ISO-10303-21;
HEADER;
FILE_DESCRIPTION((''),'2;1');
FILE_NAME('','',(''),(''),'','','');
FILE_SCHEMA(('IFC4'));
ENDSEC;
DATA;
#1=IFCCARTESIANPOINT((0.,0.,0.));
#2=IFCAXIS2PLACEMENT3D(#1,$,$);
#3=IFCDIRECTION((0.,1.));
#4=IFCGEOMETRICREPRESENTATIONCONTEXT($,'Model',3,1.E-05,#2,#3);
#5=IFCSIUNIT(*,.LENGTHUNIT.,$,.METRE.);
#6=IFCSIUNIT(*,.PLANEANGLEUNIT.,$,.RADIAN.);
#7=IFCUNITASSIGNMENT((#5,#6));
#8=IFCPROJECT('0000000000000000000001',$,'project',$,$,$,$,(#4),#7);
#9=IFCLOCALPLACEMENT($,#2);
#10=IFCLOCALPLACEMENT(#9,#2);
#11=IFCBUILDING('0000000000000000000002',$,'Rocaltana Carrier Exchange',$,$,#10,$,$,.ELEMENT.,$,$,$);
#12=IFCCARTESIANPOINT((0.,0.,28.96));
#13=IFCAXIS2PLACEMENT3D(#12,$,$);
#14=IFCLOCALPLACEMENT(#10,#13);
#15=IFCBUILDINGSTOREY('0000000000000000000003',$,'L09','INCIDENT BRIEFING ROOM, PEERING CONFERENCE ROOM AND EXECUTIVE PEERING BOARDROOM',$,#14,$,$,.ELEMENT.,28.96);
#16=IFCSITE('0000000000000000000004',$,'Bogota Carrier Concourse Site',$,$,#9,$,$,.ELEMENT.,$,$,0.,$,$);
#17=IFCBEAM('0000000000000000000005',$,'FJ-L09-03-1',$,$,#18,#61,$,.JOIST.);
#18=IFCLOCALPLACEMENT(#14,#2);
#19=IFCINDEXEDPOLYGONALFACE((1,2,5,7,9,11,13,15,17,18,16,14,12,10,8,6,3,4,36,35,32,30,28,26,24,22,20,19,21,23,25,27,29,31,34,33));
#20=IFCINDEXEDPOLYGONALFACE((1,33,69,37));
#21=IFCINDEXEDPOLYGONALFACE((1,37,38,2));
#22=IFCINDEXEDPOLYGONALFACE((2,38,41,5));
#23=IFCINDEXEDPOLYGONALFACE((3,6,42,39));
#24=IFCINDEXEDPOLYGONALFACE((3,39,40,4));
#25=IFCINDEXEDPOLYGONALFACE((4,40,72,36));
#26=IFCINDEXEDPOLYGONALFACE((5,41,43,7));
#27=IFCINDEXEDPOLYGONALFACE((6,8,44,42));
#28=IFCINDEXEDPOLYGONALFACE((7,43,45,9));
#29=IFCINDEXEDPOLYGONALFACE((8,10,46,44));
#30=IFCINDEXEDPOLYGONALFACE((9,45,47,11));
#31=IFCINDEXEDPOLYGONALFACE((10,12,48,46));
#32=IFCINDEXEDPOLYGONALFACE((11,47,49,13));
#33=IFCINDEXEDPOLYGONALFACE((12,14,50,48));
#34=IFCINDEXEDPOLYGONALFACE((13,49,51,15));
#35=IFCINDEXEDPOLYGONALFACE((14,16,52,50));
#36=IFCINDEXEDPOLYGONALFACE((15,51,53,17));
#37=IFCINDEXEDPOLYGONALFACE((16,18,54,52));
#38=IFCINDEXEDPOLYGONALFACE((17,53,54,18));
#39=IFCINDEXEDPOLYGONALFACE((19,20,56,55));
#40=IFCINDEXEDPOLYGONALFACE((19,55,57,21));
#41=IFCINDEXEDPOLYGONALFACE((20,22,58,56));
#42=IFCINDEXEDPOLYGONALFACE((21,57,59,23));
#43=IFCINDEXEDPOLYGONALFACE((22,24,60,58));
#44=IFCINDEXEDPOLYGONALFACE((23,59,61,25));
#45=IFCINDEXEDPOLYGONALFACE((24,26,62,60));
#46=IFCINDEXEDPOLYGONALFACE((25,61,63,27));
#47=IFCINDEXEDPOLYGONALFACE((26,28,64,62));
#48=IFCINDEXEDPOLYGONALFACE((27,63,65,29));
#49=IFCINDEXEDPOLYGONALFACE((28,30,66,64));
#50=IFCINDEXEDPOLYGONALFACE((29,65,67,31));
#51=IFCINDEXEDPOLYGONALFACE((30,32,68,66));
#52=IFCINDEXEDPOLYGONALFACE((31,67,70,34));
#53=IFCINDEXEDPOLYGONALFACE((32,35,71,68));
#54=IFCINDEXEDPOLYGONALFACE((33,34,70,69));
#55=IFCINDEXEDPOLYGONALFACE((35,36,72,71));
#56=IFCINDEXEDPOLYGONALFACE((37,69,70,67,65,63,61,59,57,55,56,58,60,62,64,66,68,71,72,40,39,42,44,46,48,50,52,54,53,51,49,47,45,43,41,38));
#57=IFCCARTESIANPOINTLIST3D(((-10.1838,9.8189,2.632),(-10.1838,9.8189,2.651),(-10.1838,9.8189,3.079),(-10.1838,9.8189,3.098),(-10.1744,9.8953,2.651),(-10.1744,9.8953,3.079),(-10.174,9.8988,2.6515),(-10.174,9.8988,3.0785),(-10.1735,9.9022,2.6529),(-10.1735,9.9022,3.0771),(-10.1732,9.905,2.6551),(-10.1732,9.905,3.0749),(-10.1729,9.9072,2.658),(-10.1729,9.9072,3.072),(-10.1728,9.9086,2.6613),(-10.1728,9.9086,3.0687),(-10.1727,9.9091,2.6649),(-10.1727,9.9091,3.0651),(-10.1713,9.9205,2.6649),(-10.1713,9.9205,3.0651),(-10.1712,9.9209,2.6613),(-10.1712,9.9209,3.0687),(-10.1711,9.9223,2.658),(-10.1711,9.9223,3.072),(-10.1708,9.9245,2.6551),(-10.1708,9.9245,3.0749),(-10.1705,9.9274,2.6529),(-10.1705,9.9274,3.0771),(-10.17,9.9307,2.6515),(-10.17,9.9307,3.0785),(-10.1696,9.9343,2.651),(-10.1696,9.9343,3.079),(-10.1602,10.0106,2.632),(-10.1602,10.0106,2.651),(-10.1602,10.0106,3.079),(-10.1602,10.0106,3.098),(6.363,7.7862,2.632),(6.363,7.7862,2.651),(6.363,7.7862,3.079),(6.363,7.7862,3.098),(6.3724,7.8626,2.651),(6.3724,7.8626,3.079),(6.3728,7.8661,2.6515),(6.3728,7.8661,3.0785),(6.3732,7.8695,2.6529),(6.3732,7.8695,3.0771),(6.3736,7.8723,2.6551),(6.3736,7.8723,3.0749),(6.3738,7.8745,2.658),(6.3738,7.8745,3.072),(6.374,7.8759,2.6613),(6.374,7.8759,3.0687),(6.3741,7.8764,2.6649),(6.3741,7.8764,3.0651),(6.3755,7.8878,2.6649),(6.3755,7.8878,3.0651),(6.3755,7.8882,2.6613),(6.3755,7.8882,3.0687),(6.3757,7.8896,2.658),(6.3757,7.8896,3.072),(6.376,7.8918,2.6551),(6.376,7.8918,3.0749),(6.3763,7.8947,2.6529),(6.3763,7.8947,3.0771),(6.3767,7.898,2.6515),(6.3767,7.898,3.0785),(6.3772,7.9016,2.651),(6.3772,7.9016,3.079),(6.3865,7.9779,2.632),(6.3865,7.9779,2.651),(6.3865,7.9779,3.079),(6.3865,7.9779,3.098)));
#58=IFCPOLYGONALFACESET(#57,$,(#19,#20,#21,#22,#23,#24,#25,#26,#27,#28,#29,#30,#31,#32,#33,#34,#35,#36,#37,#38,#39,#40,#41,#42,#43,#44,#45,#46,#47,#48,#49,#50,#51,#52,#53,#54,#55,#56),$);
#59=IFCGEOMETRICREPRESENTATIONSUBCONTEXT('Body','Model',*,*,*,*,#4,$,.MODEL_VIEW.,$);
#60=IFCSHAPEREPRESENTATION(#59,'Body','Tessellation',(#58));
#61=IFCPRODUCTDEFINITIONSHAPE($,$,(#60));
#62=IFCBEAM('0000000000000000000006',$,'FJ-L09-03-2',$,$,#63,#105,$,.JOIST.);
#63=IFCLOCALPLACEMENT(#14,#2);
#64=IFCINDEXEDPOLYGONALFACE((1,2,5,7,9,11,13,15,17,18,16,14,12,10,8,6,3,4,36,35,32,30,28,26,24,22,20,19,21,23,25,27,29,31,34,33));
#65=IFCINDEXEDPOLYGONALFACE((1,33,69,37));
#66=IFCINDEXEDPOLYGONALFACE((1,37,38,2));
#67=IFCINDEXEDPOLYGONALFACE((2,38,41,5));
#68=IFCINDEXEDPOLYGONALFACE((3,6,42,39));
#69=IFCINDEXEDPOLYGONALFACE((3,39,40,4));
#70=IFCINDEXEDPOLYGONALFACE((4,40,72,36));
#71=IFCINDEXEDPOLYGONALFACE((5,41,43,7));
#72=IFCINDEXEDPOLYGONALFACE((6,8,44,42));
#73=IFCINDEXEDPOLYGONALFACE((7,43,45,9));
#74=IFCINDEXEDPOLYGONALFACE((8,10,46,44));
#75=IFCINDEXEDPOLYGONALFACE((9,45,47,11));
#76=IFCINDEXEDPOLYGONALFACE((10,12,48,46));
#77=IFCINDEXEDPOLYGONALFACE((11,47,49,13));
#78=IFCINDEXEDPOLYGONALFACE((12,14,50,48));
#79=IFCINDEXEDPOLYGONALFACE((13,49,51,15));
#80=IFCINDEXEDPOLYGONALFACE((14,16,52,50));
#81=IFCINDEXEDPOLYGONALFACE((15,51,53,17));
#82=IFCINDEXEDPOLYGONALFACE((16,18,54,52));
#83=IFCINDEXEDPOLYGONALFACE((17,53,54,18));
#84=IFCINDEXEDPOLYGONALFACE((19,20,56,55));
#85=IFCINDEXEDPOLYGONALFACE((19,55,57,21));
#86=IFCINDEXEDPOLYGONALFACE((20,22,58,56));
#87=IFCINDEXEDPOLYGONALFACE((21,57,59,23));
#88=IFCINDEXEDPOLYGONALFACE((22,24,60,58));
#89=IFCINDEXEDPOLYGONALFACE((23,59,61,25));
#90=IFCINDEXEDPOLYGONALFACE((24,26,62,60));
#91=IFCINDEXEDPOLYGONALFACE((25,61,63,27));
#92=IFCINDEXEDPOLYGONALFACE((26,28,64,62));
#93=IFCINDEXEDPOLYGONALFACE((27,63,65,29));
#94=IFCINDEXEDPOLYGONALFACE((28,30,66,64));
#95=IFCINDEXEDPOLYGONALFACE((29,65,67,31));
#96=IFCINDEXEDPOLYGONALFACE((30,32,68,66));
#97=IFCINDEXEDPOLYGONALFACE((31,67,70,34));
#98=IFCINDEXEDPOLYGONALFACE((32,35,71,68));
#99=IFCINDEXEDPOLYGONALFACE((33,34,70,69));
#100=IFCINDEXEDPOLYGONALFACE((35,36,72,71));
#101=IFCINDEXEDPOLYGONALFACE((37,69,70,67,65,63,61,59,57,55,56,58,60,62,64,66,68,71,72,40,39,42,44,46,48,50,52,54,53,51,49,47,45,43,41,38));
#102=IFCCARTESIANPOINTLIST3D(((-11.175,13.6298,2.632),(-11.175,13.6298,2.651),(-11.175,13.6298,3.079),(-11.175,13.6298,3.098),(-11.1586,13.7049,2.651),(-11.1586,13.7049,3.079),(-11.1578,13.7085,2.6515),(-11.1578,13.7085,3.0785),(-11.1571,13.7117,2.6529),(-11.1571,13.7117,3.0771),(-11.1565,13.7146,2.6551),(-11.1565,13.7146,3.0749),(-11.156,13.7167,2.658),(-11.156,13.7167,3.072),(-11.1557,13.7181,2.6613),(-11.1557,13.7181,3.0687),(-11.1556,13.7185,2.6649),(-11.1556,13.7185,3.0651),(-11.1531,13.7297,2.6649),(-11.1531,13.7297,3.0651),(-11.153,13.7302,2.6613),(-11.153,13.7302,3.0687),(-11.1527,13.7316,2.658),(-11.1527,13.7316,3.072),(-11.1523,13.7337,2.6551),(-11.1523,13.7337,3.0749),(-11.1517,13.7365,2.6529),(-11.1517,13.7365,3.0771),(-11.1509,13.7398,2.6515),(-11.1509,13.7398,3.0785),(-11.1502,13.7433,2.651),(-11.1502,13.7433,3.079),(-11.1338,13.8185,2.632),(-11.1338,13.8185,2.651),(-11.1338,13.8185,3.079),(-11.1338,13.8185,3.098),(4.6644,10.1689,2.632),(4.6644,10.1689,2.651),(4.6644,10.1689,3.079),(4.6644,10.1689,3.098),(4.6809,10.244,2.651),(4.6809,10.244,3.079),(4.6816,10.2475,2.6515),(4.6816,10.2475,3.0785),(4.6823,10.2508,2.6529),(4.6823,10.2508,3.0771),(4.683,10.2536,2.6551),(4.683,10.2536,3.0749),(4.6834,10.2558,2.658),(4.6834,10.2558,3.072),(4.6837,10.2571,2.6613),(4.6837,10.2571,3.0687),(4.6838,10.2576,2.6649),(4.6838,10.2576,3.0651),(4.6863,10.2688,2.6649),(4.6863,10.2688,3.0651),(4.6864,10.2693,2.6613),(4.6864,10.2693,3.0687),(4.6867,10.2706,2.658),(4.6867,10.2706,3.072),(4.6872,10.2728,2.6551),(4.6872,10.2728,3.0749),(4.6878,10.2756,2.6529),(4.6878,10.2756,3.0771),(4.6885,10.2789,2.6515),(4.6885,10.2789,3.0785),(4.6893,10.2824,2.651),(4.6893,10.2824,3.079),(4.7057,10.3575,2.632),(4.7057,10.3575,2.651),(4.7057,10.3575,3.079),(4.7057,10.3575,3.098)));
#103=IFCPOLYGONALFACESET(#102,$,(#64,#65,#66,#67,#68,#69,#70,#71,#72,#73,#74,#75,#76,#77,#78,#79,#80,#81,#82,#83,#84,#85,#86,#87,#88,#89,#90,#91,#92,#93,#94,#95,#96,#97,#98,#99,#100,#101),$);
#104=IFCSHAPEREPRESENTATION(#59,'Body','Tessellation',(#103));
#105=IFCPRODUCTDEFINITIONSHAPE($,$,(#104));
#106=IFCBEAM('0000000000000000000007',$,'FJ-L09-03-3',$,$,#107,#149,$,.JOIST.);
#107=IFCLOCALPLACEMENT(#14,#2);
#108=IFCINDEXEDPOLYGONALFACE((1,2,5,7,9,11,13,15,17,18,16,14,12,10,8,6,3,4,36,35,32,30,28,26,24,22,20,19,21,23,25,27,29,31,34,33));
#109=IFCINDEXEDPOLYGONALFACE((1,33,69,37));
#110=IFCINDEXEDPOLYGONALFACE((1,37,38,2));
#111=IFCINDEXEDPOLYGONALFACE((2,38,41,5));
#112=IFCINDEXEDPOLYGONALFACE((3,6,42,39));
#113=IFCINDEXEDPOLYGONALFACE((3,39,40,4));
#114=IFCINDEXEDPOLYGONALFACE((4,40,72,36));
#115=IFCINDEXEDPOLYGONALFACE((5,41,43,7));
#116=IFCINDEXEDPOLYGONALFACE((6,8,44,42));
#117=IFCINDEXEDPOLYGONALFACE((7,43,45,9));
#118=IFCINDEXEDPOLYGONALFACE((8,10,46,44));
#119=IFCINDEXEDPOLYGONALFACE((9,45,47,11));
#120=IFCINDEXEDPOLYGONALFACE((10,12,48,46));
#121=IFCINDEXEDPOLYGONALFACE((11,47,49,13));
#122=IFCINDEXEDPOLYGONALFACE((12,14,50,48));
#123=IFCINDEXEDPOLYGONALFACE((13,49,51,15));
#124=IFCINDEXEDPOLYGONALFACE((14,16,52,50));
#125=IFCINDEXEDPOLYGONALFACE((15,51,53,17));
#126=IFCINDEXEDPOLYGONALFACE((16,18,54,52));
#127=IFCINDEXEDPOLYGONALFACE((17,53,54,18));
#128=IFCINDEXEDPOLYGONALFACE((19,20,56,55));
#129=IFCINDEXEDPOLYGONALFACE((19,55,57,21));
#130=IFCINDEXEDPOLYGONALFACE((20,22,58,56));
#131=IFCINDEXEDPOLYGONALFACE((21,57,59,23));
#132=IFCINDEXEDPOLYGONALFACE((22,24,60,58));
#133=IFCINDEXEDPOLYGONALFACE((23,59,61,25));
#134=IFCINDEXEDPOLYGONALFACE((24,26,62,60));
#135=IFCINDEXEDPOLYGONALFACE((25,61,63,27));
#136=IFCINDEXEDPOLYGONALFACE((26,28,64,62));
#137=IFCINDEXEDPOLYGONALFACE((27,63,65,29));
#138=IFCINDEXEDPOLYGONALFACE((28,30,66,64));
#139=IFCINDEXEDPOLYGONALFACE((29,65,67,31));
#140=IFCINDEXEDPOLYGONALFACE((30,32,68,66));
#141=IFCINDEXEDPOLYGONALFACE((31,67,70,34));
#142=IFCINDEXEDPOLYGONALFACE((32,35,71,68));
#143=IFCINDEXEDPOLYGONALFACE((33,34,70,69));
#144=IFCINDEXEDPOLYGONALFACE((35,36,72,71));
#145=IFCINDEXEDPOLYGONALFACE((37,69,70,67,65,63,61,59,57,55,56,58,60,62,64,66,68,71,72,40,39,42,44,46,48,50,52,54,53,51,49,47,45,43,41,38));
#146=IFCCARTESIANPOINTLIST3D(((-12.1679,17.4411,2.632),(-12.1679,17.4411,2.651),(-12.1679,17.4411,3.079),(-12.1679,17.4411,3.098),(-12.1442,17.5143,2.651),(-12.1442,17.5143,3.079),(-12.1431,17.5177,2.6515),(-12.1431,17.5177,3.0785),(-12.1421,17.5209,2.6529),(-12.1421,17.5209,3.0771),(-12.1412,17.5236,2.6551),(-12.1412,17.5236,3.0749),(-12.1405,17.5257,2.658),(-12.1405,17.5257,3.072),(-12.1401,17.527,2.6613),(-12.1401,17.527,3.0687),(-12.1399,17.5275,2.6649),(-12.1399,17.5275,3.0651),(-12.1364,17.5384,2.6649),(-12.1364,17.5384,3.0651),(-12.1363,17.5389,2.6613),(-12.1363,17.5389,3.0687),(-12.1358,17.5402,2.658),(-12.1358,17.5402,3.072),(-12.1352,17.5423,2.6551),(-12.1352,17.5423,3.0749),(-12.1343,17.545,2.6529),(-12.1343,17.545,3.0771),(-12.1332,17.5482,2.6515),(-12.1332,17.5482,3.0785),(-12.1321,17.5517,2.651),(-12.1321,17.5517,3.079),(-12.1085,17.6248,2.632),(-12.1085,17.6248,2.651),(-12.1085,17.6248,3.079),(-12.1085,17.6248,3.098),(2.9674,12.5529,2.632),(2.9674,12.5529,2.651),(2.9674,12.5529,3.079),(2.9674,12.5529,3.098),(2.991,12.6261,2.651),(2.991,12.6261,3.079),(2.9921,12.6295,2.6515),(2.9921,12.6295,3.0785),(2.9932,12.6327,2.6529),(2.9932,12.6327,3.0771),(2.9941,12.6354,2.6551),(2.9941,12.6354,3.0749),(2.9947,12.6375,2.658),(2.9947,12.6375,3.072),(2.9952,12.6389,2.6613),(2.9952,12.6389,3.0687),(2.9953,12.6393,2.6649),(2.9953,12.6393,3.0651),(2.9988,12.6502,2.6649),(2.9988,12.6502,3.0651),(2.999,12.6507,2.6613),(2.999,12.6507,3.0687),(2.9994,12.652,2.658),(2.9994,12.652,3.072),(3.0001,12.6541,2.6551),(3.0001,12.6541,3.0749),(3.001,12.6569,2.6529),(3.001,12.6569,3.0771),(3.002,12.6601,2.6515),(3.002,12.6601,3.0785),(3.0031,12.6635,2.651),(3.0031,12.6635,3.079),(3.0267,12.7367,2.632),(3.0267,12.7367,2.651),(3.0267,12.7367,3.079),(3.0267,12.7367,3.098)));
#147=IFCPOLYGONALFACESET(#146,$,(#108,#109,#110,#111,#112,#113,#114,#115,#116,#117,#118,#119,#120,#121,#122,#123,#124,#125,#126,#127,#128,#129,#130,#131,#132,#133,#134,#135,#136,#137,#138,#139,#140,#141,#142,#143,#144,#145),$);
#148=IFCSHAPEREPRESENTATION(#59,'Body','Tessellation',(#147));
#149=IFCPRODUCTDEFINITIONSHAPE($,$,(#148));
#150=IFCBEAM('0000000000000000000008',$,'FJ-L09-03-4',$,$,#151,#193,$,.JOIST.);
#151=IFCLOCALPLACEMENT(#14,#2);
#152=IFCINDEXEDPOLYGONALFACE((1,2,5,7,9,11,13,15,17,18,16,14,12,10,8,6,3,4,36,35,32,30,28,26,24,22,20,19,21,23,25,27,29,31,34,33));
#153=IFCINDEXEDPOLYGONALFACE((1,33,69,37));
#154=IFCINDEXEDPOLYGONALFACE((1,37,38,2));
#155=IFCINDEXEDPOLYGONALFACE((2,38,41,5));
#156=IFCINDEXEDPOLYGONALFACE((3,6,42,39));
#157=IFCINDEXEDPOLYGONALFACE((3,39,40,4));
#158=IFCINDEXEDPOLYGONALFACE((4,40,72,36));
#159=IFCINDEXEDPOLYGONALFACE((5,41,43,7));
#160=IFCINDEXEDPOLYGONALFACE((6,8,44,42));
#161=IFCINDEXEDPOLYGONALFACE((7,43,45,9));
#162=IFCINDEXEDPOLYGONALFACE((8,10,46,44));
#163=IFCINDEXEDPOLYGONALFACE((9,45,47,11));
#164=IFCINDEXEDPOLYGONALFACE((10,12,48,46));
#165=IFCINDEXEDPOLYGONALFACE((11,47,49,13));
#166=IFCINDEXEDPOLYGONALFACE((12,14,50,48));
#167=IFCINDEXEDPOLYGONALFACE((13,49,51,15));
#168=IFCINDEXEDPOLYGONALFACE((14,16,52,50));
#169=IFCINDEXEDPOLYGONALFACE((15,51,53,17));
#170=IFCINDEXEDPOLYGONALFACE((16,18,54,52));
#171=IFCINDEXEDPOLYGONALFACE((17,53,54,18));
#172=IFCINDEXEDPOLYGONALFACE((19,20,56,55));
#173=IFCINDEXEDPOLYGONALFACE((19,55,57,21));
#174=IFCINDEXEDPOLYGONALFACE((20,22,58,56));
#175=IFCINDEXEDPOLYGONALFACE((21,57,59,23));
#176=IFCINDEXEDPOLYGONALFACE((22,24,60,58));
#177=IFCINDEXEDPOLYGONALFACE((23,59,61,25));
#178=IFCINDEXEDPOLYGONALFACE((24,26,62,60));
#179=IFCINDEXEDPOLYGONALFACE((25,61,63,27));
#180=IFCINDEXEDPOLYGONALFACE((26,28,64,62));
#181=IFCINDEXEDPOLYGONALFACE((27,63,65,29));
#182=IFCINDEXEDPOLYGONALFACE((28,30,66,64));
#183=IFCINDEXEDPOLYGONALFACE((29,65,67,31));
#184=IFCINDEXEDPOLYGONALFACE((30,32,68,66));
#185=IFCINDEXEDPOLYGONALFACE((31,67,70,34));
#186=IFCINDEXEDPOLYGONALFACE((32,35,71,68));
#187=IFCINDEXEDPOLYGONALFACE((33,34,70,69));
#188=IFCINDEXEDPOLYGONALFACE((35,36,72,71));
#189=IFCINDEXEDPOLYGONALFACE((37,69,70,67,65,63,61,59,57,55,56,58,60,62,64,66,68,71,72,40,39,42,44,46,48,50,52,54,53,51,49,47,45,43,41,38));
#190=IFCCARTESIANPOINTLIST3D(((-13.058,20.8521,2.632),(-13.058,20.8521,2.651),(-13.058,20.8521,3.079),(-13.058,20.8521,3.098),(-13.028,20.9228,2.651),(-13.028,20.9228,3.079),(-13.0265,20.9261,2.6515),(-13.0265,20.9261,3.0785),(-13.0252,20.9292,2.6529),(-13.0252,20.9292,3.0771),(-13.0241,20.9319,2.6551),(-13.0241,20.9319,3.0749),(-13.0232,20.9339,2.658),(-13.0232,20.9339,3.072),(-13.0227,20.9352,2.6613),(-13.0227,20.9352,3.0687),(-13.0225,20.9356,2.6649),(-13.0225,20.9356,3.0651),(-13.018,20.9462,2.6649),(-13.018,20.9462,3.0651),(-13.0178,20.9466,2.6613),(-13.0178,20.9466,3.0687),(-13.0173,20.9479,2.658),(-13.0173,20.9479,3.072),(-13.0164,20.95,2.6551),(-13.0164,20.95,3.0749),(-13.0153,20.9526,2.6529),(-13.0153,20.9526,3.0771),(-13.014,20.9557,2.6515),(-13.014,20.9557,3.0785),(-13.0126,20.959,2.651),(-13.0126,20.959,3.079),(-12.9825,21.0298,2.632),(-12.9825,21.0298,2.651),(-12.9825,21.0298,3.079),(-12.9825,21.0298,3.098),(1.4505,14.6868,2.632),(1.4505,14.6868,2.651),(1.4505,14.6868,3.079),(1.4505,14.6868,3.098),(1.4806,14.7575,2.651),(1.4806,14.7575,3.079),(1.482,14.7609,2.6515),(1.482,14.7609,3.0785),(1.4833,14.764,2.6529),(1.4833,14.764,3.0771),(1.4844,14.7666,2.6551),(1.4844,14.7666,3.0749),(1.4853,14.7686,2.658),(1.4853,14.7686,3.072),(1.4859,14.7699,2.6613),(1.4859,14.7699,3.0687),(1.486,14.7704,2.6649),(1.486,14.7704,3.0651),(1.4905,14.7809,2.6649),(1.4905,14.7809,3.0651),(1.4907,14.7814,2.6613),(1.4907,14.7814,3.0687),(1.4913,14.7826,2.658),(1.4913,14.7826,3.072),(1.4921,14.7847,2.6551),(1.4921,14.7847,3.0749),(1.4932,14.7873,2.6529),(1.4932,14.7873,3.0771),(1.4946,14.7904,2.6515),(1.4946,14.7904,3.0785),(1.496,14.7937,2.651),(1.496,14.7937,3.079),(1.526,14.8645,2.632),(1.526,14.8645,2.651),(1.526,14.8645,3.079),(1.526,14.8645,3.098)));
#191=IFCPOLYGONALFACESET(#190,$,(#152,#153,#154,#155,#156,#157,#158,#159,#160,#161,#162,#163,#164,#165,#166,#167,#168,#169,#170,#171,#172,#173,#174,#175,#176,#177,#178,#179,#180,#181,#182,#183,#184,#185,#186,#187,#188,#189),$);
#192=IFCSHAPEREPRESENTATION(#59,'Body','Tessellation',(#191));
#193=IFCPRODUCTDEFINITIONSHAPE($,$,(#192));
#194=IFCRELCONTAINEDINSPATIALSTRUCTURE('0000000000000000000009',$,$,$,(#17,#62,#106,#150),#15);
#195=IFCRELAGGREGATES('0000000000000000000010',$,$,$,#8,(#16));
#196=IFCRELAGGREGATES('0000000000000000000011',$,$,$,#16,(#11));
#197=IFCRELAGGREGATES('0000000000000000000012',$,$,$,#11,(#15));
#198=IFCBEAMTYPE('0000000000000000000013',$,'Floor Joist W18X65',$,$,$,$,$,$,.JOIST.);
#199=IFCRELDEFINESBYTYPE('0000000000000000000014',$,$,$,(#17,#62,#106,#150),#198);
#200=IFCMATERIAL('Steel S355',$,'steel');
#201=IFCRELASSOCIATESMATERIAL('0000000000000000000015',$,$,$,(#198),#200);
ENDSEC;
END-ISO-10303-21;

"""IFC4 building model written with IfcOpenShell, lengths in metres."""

from ifc_helpers import new_model, si_unit, direction, frame, origin, origin_2d, place, context, subcontext, project, spatial, i_section, extrude, material, material_profile, profile_set, type_object, element, save


model = new_model("IFC4")

# Units and contexts
model_context = context("Model", 3, precision=1e-05, world=origin(), true_north=direction((0.0, 1.0)))
body_context = subcontext(model_context, "Body", "Model", "MODEL_VIEW")
ifc_project = project(units=[si_unit("LENGTHUNIT", "METRE"), si_unit("PLANEANGLEUNIT", "RADIAN")], contexts=[model_context])

# Site, building, storey
site_placement = place(None, origin())
site = spatial("IfcSite", under=ifc_project, at=site_placement, Name="Bogota Carrier Concourse Site", CompositionType="ELEMENT", RefElevation=0.0)
building_placement = place(site_placement, origin())
building = spatial("IfcBuilding", under=site, at=building_placement, Name="Rocaltana Carrier Exchange", CompositionType="ELEMENT")
storey_placement = place(building_placement, frame((0.0, 0.0, 28.96)))
storey = spatial("IfcBuildingStorey", under=building, at=storey_placement, Name="L09", Description="INCIDENT BRIEFING ROOM, PEERING CONFERENCE ROOM AND EXECUTIVE PEERING BOARDROOM", CompositionType="ELEMENT", Elevation=28.96)

# Beams
ifc_material_1 = material(Name="Steel S355", Category="steel")
ifc_material_profile_1 = material_profile(ifc_material_1, i_section(OverallWidth=0.1931, OverallDepth=0.4661, WebThickness=0.0115, FlangeThickness=0.019, FilletRadius=0.0139, at=origin_2d()), Name="W18X65")
ifc_profile_set_1 = profile_set([ifc_material_profile_1], Name="Steel S355")
beam_type_1 = type_object("IfcBeamType", Name="Floor Joist W18X65", PredefinedType="JOIST", material=ifc_profile_set_1)
beam_1_placement = place(storey_placement, frame((6.3748, 7.8821, 2.865), z_axis=(-0.992539, 0.121929, 0.0), x_axis=(-0.121929, -0.992539, 0.0)))
element("IfcBeam", 1, at=beam_1_placement, inside=storey, type_object=beam_type_1, Name="FJ-L09-03-1", PredefinedType="JOIST", context=body_context, shape_type="SweptSolid", body=[
    extrude(i_section(OverallWidth=0.1931, OverallDepth=0.4661, WebThickness=0.0115, FlangeThickness=0.019, FilletRadius=0.0139, at=origin_2d()), origin(), (0.0, 0.0, 1.0), 16.6711),
])
beam_2_placement = place(storey_placement, frame((4.6851, 10.2632, 2.865), z_axis=(-0.97695, 0.213466, 0.0), x_axis=(-0.213466, -0.97695, 0.0)))
element("IfcBeam", 2, at=beam_2_placement, inside=storey, type_object=beam_type_1, Name="FJ-L09-03-2", PredefinedType="JOIST", context=body_context, shape_type="SweptSolid", body=[
    extrude(i_section(OverallWidth=0.1931, OverallDepth=0.4661, WebThickness=0.0115, FlangeThickness=0.019, FilletRadius=0.0139, at=origin_2d()), origin(), (0.0, 0.0, 1.0), 16.2131),
])
beam_3_placement = place(storey_placement, frame((2.9971, 12.6448, 2.865), z_axis=(-0.951601, 0.307336, 0.0), x_axis=(-0.307336, -0.951601, 0.0)))
element("IfcBeam", 3, at=beam_3_placement, inside=storey, type_object=beam_type_1, Name="FJ-L09-03-3", PredefinedType="JOIST", context=body_context, shape_type="SweptSolid", body=[
    extrude(i_section(OverallWidth=0.1931, OverallDepth=0.4661, WebThickness=0.0115, FlangeThickness=0.019, FilletRadius=0.0139, at=origin_2d()), origin(), (0.0, 0.0, 1.0), 15.905),
])
beam_4_placement = place(storey_placement, frame((1.4883, 14.7756, 2.865), z_axis=(-0.92035, 0.391095, 0.0), x_axis=(-0.391095, -0.92035, 0.0)))
element("IfcBeam", 4, at=beam_4_placement, inside=storey, type_object=beam_type_1, Name="FJ-L09-03-4", PredefinedType="JOIST", context=body_context, shape_type="SweptSolid", body=[
    extrude(i_section(OverallWidth=0.1931, OverallDepth=0.4661, WebThickness=0.0115, FlangeThickness=0.019, FilletRadius=0.0139, at=origin_2d()), origin(), (0.0, 0.0, 1.0), 15.7642),
])

save(model, "model.ifc")
